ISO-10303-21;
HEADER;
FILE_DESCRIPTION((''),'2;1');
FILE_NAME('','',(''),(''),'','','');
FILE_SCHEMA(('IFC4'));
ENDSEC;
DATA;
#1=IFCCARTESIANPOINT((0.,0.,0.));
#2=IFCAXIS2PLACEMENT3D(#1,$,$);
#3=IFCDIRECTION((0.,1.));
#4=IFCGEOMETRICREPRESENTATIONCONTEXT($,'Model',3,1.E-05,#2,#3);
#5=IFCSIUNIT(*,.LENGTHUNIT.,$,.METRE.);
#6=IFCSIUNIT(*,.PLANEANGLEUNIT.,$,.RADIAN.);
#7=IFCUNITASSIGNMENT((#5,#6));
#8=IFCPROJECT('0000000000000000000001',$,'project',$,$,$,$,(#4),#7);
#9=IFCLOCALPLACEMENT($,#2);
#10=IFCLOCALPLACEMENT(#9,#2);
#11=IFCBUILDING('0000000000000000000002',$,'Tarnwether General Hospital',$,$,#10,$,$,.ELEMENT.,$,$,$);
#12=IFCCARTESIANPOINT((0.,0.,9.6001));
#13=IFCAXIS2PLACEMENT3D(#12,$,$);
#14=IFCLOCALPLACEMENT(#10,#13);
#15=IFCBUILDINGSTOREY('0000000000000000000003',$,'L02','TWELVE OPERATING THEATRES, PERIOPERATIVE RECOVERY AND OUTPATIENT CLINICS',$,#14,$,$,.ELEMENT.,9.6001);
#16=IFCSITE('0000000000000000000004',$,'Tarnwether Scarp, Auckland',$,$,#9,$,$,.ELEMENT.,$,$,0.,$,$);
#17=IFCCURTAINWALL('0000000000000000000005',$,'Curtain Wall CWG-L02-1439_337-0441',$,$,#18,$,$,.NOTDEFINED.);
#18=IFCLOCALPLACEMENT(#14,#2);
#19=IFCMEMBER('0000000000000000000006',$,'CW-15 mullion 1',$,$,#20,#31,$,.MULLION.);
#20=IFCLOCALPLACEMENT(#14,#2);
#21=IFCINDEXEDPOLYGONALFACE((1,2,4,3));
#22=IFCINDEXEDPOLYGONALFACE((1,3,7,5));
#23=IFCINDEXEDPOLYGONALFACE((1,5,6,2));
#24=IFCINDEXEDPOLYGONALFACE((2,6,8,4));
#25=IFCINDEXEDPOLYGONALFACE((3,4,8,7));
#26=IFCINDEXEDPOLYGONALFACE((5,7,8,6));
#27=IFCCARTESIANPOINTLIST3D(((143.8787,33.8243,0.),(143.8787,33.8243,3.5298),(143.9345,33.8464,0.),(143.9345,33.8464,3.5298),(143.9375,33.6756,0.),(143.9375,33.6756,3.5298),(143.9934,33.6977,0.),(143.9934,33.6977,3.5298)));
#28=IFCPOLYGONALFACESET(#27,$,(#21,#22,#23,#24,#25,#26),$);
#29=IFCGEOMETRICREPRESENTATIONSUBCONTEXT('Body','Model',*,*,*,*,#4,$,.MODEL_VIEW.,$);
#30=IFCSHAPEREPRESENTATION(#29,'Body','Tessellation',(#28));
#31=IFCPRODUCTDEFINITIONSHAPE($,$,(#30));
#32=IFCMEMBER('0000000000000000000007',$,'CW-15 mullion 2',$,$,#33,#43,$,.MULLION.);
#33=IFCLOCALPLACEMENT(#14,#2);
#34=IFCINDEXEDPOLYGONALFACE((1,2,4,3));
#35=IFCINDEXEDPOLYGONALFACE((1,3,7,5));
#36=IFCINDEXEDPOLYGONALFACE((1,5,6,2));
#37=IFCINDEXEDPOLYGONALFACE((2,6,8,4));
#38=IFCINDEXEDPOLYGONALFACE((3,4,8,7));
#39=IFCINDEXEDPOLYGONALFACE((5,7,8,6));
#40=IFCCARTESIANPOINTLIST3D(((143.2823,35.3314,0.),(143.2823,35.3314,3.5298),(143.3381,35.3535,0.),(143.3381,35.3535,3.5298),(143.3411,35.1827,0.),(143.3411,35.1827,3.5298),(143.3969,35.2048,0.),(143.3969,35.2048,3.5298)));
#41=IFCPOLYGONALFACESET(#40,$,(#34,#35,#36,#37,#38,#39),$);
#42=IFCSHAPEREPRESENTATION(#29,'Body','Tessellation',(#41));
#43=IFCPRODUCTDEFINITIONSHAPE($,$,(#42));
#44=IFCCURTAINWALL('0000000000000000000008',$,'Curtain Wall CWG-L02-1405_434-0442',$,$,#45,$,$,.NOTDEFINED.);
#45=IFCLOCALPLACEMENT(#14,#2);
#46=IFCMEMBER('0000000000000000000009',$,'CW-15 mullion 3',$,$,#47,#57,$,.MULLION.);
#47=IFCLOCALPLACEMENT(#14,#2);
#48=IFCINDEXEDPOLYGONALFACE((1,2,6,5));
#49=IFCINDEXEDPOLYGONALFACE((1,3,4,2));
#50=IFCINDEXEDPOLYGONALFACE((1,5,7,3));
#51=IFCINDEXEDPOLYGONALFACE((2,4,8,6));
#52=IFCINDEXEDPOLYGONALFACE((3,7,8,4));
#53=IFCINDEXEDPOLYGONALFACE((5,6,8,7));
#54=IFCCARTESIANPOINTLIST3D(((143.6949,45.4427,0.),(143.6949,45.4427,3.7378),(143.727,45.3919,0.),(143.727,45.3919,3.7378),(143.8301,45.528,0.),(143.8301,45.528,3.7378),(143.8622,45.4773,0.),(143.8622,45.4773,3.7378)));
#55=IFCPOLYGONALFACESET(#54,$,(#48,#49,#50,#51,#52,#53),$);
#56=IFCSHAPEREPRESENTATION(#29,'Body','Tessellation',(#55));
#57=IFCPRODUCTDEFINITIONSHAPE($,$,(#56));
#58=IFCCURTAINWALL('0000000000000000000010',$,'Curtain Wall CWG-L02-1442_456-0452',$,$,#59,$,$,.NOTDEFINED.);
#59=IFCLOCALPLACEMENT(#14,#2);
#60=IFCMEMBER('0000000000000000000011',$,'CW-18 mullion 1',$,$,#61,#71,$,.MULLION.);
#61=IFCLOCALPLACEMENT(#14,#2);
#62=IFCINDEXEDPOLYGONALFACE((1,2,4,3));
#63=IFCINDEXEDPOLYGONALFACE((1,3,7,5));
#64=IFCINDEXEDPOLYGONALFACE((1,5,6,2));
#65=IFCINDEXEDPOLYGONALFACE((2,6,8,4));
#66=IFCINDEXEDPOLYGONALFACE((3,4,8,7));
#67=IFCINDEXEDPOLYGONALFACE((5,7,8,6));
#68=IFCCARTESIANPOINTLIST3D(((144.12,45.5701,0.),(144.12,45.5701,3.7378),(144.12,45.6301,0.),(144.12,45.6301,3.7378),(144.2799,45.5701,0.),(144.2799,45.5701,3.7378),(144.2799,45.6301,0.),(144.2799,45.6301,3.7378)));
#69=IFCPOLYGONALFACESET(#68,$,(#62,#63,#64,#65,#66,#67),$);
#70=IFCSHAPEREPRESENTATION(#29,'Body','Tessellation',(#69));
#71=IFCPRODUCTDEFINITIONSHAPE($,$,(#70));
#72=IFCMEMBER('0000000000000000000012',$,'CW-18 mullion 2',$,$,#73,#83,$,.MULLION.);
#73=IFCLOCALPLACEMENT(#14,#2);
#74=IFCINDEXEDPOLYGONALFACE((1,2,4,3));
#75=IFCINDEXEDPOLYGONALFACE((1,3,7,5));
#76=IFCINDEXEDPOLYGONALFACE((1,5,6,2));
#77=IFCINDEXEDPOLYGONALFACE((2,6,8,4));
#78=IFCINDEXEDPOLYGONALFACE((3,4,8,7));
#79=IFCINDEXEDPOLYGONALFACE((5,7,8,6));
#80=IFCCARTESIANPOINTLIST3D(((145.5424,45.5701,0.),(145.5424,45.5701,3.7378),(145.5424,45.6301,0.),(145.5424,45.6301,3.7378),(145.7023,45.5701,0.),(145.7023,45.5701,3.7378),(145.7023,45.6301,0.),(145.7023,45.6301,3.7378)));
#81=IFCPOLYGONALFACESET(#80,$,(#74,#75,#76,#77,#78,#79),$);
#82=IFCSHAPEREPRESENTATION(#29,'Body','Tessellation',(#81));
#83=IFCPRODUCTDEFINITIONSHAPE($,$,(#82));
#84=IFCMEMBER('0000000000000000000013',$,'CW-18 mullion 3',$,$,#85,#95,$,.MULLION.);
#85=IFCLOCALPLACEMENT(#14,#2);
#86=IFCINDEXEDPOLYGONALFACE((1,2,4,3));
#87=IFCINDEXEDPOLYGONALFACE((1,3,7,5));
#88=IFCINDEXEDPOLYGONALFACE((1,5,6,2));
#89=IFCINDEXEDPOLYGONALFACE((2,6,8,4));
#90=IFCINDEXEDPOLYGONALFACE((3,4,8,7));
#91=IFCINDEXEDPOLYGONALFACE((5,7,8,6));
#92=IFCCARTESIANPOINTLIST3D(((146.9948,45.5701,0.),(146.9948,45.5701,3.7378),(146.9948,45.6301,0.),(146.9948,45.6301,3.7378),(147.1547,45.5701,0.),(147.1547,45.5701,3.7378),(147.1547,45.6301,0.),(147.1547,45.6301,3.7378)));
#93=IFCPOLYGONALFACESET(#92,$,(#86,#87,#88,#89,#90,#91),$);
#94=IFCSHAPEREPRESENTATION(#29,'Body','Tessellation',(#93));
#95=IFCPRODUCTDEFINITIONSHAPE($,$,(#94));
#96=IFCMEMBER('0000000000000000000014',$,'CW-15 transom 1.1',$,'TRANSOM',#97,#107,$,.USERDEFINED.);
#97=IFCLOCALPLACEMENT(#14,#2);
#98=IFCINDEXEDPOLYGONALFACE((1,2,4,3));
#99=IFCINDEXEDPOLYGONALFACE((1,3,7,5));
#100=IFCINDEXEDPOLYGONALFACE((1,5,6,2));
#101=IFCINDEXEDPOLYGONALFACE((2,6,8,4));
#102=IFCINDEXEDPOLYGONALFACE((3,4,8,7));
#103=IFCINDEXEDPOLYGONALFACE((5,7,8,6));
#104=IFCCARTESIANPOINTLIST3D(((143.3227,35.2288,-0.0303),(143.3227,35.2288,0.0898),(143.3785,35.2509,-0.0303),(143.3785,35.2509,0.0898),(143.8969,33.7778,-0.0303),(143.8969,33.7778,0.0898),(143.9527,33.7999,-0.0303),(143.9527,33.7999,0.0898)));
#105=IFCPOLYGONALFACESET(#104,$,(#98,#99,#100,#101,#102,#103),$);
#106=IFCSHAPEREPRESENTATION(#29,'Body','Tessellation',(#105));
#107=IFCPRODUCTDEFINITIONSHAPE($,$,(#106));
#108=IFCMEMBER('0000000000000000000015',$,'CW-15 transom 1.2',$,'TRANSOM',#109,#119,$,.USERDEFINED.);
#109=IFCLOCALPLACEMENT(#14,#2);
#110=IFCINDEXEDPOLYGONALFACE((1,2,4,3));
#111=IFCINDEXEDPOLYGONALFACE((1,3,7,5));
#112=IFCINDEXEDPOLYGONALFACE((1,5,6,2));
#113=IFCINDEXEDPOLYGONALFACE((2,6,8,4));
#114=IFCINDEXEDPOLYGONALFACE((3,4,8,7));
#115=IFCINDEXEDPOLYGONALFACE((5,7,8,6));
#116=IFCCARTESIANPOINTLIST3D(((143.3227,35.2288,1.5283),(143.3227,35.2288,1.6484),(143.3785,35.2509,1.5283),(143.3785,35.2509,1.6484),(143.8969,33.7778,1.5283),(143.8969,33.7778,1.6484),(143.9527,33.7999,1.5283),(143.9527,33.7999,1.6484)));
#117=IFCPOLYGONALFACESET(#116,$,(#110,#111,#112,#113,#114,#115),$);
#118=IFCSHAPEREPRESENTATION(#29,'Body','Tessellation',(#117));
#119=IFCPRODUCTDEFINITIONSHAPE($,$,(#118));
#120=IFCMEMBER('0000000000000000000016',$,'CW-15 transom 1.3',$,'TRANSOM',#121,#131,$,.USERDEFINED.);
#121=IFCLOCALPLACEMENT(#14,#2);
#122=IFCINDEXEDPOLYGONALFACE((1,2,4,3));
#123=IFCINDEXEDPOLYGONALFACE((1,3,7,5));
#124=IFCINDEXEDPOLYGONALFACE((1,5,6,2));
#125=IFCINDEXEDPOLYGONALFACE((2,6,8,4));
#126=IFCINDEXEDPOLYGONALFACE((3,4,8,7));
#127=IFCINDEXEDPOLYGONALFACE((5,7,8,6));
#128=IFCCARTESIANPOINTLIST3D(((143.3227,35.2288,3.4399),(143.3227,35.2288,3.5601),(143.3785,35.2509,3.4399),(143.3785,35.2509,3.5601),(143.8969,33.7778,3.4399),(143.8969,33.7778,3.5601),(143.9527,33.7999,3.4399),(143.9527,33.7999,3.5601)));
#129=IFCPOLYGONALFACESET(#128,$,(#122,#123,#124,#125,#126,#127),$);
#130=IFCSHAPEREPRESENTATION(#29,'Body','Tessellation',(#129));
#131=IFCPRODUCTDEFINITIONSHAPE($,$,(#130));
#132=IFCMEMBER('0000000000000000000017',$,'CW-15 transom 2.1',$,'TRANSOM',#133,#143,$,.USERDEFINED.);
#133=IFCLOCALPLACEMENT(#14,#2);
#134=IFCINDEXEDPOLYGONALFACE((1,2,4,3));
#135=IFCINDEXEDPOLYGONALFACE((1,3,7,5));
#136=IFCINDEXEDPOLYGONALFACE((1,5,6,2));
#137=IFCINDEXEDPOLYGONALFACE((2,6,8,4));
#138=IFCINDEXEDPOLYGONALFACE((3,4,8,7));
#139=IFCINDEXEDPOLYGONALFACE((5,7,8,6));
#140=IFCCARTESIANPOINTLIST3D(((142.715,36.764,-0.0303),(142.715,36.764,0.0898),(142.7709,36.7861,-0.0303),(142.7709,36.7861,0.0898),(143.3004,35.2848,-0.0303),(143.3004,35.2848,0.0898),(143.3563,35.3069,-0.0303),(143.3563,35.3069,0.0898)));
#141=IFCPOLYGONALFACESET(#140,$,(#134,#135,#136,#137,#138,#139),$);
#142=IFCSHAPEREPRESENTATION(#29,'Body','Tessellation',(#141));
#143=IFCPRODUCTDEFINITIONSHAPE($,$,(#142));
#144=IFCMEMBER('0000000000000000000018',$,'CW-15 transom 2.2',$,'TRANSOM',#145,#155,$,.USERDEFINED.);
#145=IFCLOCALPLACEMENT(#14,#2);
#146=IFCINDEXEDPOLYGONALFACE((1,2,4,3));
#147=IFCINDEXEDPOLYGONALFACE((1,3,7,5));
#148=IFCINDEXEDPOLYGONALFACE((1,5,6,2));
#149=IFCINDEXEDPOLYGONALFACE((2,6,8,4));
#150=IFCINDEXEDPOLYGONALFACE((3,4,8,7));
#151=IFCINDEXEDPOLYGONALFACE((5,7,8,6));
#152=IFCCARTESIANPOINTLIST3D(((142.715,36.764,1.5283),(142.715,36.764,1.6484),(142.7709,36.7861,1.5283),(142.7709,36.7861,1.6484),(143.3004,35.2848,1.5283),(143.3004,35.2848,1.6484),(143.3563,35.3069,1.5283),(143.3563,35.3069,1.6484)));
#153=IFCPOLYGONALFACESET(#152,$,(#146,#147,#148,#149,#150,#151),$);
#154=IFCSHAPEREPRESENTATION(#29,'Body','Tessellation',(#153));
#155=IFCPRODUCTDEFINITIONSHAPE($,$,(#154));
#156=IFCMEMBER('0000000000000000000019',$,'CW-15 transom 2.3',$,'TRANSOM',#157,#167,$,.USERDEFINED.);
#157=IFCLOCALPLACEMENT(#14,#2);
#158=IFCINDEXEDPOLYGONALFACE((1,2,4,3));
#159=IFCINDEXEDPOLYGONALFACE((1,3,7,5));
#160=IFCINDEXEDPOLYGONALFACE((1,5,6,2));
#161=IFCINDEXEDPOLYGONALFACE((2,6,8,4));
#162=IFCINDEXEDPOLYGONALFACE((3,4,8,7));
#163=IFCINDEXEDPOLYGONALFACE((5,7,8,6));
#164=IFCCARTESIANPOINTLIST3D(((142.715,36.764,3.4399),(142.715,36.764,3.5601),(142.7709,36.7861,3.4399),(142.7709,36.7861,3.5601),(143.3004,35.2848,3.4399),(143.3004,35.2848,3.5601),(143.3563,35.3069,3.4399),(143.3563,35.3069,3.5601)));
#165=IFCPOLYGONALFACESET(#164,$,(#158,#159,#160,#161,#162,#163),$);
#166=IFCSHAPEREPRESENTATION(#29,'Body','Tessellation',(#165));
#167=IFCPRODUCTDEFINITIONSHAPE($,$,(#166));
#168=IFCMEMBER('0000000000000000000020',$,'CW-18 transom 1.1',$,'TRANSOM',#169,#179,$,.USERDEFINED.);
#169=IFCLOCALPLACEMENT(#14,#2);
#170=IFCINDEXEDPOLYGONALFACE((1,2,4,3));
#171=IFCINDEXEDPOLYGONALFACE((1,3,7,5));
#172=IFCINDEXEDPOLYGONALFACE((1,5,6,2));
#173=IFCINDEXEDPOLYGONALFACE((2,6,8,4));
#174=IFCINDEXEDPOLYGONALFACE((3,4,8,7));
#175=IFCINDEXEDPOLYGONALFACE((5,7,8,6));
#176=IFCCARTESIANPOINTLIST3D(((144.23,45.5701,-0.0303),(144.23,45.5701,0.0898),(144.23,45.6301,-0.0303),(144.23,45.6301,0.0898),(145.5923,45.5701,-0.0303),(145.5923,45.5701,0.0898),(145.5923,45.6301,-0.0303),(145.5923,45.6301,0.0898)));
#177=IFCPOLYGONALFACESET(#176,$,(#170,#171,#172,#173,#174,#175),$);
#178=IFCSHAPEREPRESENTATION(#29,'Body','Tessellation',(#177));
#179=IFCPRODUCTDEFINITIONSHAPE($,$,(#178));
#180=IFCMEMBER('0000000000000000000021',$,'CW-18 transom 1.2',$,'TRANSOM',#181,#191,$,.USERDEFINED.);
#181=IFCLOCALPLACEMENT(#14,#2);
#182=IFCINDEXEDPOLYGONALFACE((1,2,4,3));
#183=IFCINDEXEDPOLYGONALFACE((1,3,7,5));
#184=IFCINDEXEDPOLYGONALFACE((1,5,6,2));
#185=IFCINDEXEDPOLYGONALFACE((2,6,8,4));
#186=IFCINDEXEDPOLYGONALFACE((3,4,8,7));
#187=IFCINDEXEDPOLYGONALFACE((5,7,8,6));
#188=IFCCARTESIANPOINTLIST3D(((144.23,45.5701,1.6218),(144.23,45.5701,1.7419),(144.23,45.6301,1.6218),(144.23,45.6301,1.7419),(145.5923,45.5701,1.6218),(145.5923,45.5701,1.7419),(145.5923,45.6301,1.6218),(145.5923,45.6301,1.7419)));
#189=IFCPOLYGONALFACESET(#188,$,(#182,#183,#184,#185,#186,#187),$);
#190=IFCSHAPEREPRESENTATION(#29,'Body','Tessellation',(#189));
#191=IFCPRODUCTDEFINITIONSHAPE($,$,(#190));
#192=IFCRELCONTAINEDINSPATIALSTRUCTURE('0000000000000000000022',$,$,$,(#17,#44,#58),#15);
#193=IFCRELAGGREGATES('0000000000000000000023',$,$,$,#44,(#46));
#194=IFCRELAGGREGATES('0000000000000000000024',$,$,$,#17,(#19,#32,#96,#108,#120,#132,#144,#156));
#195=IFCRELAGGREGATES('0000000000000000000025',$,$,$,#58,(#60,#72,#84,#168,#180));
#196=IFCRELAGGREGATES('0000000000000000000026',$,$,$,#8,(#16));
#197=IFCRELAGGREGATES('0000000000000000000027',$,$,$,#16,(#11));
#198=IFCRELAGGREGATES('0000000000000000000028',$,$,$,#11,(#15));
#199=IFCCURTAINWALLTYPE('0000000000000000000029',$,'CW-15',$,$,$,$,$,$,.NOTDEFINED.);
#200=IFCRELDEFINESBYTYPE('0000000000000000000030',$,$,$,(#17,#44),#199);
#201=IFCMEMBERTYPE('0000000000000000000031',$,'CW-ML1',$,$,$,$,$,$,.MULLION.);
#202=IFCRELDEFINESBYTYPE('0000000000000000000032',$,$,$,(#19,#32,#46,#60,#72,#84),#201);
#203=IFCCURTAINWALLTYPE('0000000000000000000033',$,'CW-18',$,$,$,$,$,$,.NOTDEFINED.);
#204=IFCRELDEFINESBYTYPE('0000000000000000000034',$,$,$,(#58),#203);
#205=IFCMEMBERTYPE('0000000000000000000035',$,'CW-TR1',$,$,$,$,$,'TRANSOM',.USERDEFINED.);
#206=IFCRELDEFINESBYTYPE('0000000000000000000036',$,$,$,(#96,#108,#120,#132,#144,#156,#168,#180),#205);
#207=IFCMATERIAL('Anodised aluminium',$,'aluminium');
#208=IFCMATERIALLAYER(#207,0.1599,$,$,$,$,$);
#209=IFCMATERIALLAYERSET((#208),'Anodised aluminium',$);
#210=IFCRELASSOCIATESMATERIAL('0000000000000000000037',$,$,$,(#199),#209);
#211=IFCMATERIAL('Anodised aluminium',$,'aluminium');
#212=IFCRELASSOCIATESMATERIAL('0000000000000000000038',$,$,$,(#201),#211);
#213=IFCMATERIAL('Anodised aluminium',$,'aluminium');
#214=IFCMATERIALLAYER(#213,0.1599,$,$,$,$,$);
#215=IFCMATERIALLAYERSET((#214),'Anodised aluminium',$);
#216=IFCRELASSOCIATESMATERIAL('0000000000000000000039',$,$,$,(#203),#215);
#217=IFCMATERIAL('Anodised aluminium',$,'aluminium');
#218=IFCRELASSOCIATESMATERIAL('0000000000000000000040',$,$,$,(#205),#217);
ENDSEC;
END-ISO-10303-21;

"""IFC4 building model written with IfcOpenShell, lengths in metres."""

from ifc_helpers import new_model, si_unit, direction, frame, origin, origin_2d, place, context, subcontext, project, spatial, rectangle, extrude, material, layer, layer_set, material_profile, profile_set, type_object, element, aggregate, save


model = new_model("IFC4")

# Units and contexts
model_context = context("Model", 3, precision=1e-05, world=origin(), true_north=direction((0.0, 1.0)))
body_context = subcontext(model_context, "Body", "Model", "MODEL_VIEW")
ifc_project = project(units=[si_unit("LENGTHUNIT", "METRE"), si_unit("PLANEANGLEUNIT", "RADIAN")], contexts=[model_context])

# Site, building, storey
site_placement = place(None, origin())
site = spatial("IfcSite", under=ifc_project, at=site_placement, Name="Tarnwether Scarp, Auckland", CompositionType="ELEMENT", RefElevation=0.0)
building_placement = place(site_placement, origin())
building = spatial("IfcBuilding", under=site, at=building_placement, Name="Tarnwether General Hospital", CompositionType="ELEMENT")
storey_placement = place(building_placement, frame((0.0, 0.0, 9.6001)))
storey = spatial("IfcBuildingStorey", under=building, at=storey_placement, Name="L02", Description="TWELVE OPERATING THEATRES, PERIOPERATIVE RECOVERY AND OUTPATIENT CLINICS", CompositionType="ELEMENT", Elevation=9.6001)

# Curtain wall, members
ifc_material_1 = material(Name="Anodised aluminium", Category="aluminium")
ifc_layer_1 = layer(ifc_material_1, 0.1599)
ifc_layer_set_1 = layer_set([ifc_layer_1], Name="Anodised aluminium")
curtain_wall_type_1 = type_object("IfcCurtainWallType", Name="CW-15", PredefinedType="NOTDEFINED", material=ifc_layer_set_1)
curtain_wall_1_placement = place(storey_placement, origin())
curtain_wall_1 = element("IfcCurtainWall", 1, at=curtain_wall_1_placement, inside=storey, type_object=curtain_wall_type_1, Name="Curtain Wall CWG-L02-1439_337-0441", PredefinedType="NOTDEFINED")
ifc_material_2 = material(Name="Anodised aluminium", Category="aluminium")
ifc_material_profile_1 = material_profile(ifc_material_2, rectangle(XDim=0.0601, YDim=0.1599, at=origin_2d()), Name="ALU-MUL-60x160")
ifc_profile_set_1 = profile_set([ifc_material_profile_1], Name="Anodised aluminium")
member_type_1 = type_object("IfcMemberType", Name="CW-ML1", PredefinedType="MULLION", material=ifc_profile_set_1)
member_1_placement = place(storey_placement, frame((143.936, 33.761, 0.0), z_axis=(0.0, 0.0, 1.0), x_axis=(-0.929828, -0.367994, 0.0)))
member_1 = element("IfcMember", 2, at=member_1_placement, type_object=member_type_1, Name="CW-15 mullion 1", PredefinedType="MULLION", context=body_context, shape_type="SweptSolid", body=[
    extrude(rectangle(XDim=0.0601, YDim=0.1599, at=origin_2d()), origin(), (0.0, 0.0, 1.0), 3.5298),
])
member_2_placement = place(storey_placement, frame((143.3396, 35.2681, 0.0), z_axis=(0.0, 0.0, 1.0), x_axis=(-0.929828, -0.367994, 0.0)))
member_2 = element("IfcMember", 3, at=member_2_placement, type_object=member_type_1, Name="CW-15 mullion 2", PredefinedType="MULLION", context=body_context, shape_type="SweptSolid", body=[
    extrude(rectangle(XDim=0.0601, YDim=0.1599, at=origin_2d()), origin(), (0.0, 0.0, 1.0), 3.5298),
])

# Curtain wall, member
curtain_wall_2_placement = place(storey_placement, origin())
curtain_wall_2 = element("IfcCurtainWall", 4, at=curtain_wall_2_placement, inside=storey, type_object=curtain_wall_type_1, Name="Curtain Wall CWG-L02-1405_434-0442", PredefinedType="NOTDEFINED")
member_3_placement = place(storey_placement, frame((143.7786, 45.46, 0.0), z_axis=(0.0, 0.0, 1.0), x_axis=(-0.534003, 0.845483, 0.0)))
member_3 = element("IfcMember", 5, at=member_3_placement, type_object=member_type_1, Name="CW-15 mullion 3", PredefinedType="MULLION", context=body_context, shape_type="SweptSolid", body=[
    extrude(rectangle(XDim=0.0601, YDim=0.1599, at=origin_2d()), origin(), (0.0, 0.0, 1.0), 3.7378),
])
aggregate(curtain_wall_2, [member_3])

# Curtain wall, members
ifc_material_3 = material(Name="Anodised aluminium", Category="aluminium")
ifc_layer_2 = layer(ifc_material_3, 0.1599)
ifc_layer_set_2 = layer_set([ifc_layer_2], Name="Anodised aluminium")
curtain_wall_type_2 = type_object("IfcCurtainWallType", Name="CW-18", PredefinedType="NOTDEFINED", material=ifc_layer_set_2)
curtain_wall_3_placement = place(storey_placement, origin())
curtain_wall_3 = element("IfcCurtainWall", 6, at=curtain_wall_3_placement, inside=storey, type_object=curtain_wall_type_2, Name="Curtain Wall CWG-L02-1442_456-0452", PredefinedType="NOTDEFINED")
member_4_placement = place(storey_placement, frame((144.2, 45.6001, 0.0), z_axis=(0.0, 0.0, 1.0), x_axis=(0.0, 1.0, 0.0)))
member_4 = element("IfcMember", 7, at=member_4_placement, type_object=member_type_1, Name="CW-18 mullion 1", PredefinedType="MULLION", context=body_context, shape_type="SweptSolid", body=[
    extrude(rectangle(XDim=0.0601, YDim=0.1599, at=origin_2d()), origin(), (0.0, 0.0, 1.0), 3.7378),
])
member_5_placement = place(storey_placement, frame((145.6223, 45.6001, 0.0), z_axis=(0.0, 0.0, 1.0), x_axis=(0.0, 1.0, 0.0)))
member_5 = element("IfcMember", 8, at=member_5_placement, type_object=member_type_1, Name="CW-18 mullion 2", PredefinedType="MULLION", context=body_context, shape_type="SweptSolid", body=[
    extrude(rectangle(XDim=0.0601, YDim=0.1599, at=origin_2d()), origin(), (0.0, 0.0, 1.0), 3.7378),
])
member_6_placement = place(storey_placement, frame((147.0747, 45.6001, 0.0), z_axis=(0.0, 0.0, 1.0), x_axis=(0.0, 1.0, 0.0)))
member_6 = element("IfcMember", 9, at=member_6_placement, type_object=member_type_1, Name="CW-18 mullion 3", PredefinedType="MULLION", context=body_context, shape_type="SweptSolid", body=[
    extrude(rectangle(XDim=0.0601, YDim=0.1599, at=origin_2d()), origin(), (0.0, 0.0, 1.0), 3.7378),
])

# Members
ifc_material_4 = material(Name="Anodised aluminium", Category="aluminium")
ifc_material_profile_2 = material_profile(ifc_material_4, rectangle(XDim=0.0601, YDim=0.1201, at=origin_2d()), Name="ALU-TRN-60x120")
ifc_profile_set_2 = profile_set([ifc_material_profile_2], Name="Anodised aluminium")
member_type_2 = type_object("IfcMemberType", Name="CW-TR1", ElementType="TRANSOM", PredefinedType="USERDEFINED", material=ifc_profile_set_2)
member_7_placement = place(storey_placement, frame((143.9248, 33.7888, 0.0298), z_axis=(-0.367936, 0.929851, 0.0), x_axis=(-0.929851, -0.367936, 0.0)))
member_7 = element("IfcMember", 10, at=member_7_placement, type_object=member_type_2, Name="CW-15 transom 1.1", ObjectType="TRANSOM", PredefinedType="USERDEFINED", context=body_context, shape_type="SweptSolid", body=[
    extrude(rectangle(XDim=0.0601, YDim=0.1201, at=origin_2d()), origin(), (0.0, 0.0, 1.0), 1.5605),
])
member_8_placement = place(storey_placement, frame((143.9248, 33.7888, 1.5884), z_axis=(-0.367936, 0.929851, 0.0), x_axis=(-0.929851, -0.367936, 0.0)))
member_8 = element("IfcMember", 11, at=member_8_placement, type_object=member_type_2, Name="CW-15 transom 1.2", ObjectType="TRANSOM", PredefinedType="USERDEFINED", context=body_context, shape_type="SweptSolid", body=[
    extrude(rectangle(XDim=0.0601, YDim=0.1201, at=origin_2d()), origin(), (0.0, 0.0, 1.0), 1.5605),
])
member_9_placement = place(storey_placement, frame((143.9248, 33.7888, 3.5), z_axis=(-0.367936, 0.929851, 0.0), x_axis=(-0.929851, -0.367936, 0.0)))
member_9 = element("IfcMember", 12, at=member_9_placement, type_object=member_type_2, Name="CW-15 transom 1.3", ObjectType="TRANSOM", PredefinedType="USERDEFINED", context=body_context, shape_type="SweptSolid", body=[
    extrude(rectangle(XDim=0.0601, YDim=0.1201, at=origin_2d()), origin(), (0.0, 0.0, 1.0), 1.5605),
])
member_10_placement = place(storey_placement, frame((143.3284, 35.2959, 0.0298), z_axis=(-0.368001, 0.929825, 0.0), x_axis=(-0.929825, -0.368001, 0.0)))
member_10 = element("IfcMember", 13, at=member_10_placement, type_object=member_type_2, Name="CW-15 transom 2.1", ObjectType="TRANSOM", PredefinedType="USERDEFINED", context=body_context, shape_type="SweptSolid", body=[
    extrude(rectangle(XDim=0.0601, YDim=0.1201, at=origin_2d()), origin(), (0.0, 0.0, 1.0), 1.5908),
])
member_11_placement = place(storey_placement, frame((143.3284, 35.2959, 1.5884), z_axis=(-0.368001, 0.929825, 0.0), x_axis=(-0.929825, -0.368001, 0.0)))
member_11 = element("IfcMember", 14, at=member_11_placement, type_object=member_type_2, Name="CW-15 transom 2.2", ObjectType="TRANSOM", PredefinedType="USERDEFINED", context=body_context, shape_type="SweptSolid", body=[
    extrude(rectangle(XDim=0.0601, YDim=0.1201, at=origin_2d()), origin(), (0.0, 0.0, 1.0), 1.5908),
])
member_12_placement = place(storey_placement, frame((143.3284, 35.2959, 3.5), z_axis=(-0.368001, 0.929825, 0.0), x_axis=(-0.929825, -0.368001, 0.0)))
member_12 = element("IfcMember", 15, at=member_12_placement, type_object=member_type_2, Name="CW-15 transom 2.3", ObjectType="TRANSOM", PredefinedType="USERDEFINED", context=body_context, shape_type="SweptSolid", body=[
    extrude(rectangle(XDim=0.0601, YDim=0.1201, at=origin_2d()), origin(), (0.0, 0.0, 1.0), 1.5908),
])
member_13_placement = place(storey_placement, frame((144.23, 45.6001, 0.0298), z_axis=(1.0, 0.0, 0.0), x_axis=(0.0, 1.0, 0.0)))
member_13 = element("IfcMember", 16, at=member_13_placement, type_object=member_type_2, Name="CW-18 transom 1.1", ObjectType="TRANSOM", PredefinedType="USERDEFINED", context=body_context, shape_type="SweptSolid", body=[
    extrude(rectangle(XDim=0.0601, YDim=0.1201, at=origin_2d()), origin(), (0.0, 0.0, 1.0), 1.3623),
])
member_14_placement = place(storey_placement, frame((144.23, 45.6001, 1.6819), z_axis=(1.0, 0.0, 0.0), x_axis=(0.0, 1.0, 0.0)))
member_14 = element("IfcMember", 17, at=member_14_placement, type_object=member_type_2, Name="CW-18 transom 1.2", ObjectType="TRANSOM", PredefinedType="USERDEFINED", context=body_context, shape_type="SweptSolid", body=[
    extrude(rectangle(XDim=0.0601, YDim=0.1201, at=origin_2d()), origin(), (0.0, 0.0, 1.0), 1.3623),
])

aggregate(curtain_wall_1, [member_1, member_2, member_7, member_8, member_9, member_10, member_11, member_12])
aggregate(curtain_wall_3, [member_4, member_5, member_6, member_13, member_14])

save(model, "model.ifc")
